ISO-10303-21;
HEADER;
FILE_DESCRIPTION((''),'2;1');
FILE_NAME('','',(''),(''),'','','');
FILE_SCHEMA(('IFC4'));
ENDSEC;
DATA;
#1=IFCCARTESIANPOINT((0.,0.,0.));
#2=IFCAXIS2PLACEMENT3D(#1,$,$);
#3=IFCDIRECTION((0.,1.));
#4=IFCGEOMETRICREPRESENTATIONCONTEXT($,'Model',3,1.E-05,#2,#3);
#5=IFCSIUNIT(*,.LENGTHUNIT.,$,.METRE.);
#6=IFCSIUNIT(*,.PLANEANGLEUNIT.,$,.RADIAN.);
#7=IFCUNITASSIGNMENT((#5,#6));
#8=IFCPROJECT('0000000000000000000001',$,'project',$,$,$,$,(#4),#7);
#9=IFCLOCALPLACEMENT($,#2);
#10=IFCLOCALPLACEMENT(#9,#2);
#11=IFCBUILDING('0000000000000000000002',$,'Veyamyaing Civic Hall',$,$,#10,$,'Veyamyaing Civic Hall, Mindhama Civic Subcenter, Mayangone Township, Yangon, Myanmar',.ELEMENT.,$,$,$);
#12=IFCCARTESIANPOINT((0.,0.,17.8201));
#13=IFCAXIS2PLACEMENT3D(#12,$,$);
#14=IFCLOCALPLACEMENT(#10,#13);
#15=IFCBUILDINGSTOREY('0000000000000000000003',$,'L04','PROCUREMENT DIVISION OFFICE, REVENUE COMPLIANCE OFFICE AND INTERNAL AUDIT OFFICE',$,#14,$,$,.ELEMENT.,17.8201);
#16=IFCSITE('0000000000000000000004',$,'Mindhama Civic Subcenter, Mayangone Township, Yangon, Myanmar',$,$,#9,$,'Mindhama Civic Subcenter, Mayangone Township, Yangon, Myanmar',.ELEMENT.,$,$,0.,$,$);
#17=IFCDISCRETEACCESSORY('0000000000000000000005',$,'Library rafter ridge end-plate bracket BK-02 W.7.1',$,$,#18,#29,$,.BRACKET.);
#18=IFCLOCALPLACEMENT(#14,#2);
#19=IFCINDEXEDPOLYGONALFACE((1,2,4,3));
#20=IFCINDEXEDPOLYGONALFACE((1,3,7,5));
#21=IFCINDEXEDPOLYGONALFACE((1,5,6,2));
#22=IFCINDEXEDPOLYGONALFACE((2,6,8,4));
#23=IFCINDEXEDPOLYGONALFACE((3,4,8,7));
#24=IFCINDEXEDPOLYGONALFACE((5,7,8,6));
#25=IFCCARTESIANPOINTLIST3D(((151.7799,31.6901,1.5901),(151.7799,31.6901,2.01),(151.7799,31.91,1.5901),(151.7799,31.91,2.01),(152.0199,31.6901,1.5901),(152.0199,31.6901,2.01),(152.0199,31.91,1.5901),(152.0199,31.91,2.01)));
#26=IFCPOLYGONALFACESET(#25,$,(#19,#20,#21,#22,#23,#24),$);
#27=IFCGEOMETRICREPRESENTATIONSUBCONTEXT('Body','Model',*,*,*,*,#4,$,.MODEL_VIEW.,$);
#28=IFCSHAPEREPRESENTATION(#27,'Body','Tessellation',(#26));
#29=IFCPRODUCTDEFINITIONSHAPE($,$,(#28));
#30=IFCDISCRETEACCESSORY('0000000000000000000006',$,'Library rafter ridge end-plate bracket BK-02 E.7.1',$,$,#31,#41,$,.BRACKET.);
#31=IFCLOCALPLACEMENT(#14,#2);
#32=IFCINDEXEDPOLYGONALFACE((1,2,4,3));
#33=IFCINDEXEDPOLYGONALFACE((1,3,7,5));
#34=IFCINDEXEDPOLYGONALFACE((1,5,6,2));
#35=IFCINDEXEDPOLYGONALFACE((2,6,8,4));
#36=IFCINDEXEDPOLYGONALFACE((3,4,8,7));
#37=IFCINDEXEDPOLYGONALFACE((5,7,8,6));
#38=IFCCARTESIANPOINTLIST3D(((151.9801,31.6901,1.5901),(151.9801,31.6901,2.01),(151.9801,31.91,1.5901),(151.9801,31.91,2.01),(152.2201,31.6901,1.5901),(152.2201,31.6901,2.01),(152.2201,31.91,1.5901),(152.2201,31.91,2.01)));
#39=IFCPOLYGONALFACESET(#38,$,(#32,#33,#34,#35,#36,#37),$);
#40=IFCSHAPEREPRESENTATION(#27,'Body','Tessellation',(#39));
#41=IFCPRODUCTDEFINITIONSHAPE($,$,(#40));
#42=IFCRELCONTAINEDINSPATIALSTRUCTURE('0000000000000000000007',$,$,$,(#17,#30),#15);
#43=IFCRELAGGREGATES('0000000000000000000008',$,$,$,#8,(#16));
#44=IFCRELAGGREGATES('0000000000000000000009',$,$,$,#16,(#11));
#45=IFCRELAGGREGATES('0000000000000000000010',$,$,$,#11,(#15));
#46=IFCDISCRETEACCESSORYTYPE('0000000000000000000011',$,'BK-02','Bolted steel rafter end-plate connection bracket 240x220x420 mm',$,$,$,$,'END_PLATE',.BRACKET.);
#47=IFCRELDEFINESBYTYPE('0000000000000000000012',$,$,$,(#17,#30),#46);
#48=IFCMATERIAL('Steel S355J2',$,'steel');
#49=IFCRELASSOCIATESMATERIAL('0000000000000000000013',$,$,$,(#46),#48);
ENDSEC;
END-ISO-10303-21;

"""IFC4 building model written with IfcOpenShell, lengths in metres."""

from ifc_helpers import new_model, si_unit, direction, frame, origin, origin_2d, place, context, subcontext, project, spatial, rectangle, extrude, material, type_object, element, save


model = new_model("IFC4")

# Units and contexts
model_context = context("Model", 3, precision=1e-05, world=origin(), true_north=direction((0.0, 1.0)))
body_context = subcontext(model_context, "Body", "Model", "MODEL_VIEW")
ifc_project = project(units=[si_unit("LENGTHUNIT", "METRE"), si_unit("PLANEANGLEUNIT", "RADIAN")], contexts=[model_context])

# Site, building, storey
site_placement = place(None, origin())
site = spatial("IfcSite", under=ifc_project, at=site_placement, Name="Mindhama Civic Subcenter, Mayangone Township, Yangon, Myanmar", LongName="Mindhama Civic Subcenter, Mayangone Township, Yangon, Myanmar", CompositionType="ELEMENT", RefElevation=0.0)
building_placement = place(site_placement, origin())
building = spatial("IfcBuilding", under=site, at=building_placement, Name="Veyamyaing Civic Hall", LongName="Veyamyaing Civic Hall, Mindhama Civic Subcenter, Mayangone Township, Yangon, Myanmar", CompositionType="ELEMENT")
storey_placement = place(building_placement, frame((0.0, 0.0, 17.8201)))
storey = spatial("IfcBuildingStorey", under=building, at=storey_placement, Name="L04", Description="PROCUREMENT DIVISION OFFICE, REVENUE COMPLIANCE OFFICE AND INTERNAL AUDIT OFFICE", CompositionType="ELEMENT", Elevation=17.8201)

# Discrete accessories
ifc_material_1 = material(Name="Steel S355J2", Category="steel")
discrete_accessory_type = type_object("IfcDiscreteAccessoryType", Name="BK-02", Description="Bolted steel rafter end-plate connection bracket 240x220x420 mm", ElementType="END_PLATE", PredefinedType="BRACKET", material=ifc_material_1)
for number, where, z_axis, x_axis, name in (
    (1, (151.8999, 31.8, 1.5901), (0.0, 0.0, 1.0), (1.0, 0.0, 0.0), "Library rafter ridge end-plate bracket BK-02 W.7.1"),
    (2, (152.1001, 31.8, 1.5901), (0.0, 0.0, 1.0), (1.0, 0.0, 0.0), "Library rafter ridge end-plate bracket BK-02 E.7.1"),
):
    element("IfcDiscreteAccessory", number, at=place(storey_placement, frame(where, z_axis=z_axis, x_axis=x_axis)), inside=storey, type_object=discrete_accessory_type, Name=name, PredefinedType="BRACKET", context=body_context, shape_type="SweptSolid", body=[
        extrude(rectangle(XDim=0.24, YDim=0.22, at=origin_2d()), origin(), (0.0, 0.0, 1.0), 0.4199),
    ])

save(model, "model.ifc")
